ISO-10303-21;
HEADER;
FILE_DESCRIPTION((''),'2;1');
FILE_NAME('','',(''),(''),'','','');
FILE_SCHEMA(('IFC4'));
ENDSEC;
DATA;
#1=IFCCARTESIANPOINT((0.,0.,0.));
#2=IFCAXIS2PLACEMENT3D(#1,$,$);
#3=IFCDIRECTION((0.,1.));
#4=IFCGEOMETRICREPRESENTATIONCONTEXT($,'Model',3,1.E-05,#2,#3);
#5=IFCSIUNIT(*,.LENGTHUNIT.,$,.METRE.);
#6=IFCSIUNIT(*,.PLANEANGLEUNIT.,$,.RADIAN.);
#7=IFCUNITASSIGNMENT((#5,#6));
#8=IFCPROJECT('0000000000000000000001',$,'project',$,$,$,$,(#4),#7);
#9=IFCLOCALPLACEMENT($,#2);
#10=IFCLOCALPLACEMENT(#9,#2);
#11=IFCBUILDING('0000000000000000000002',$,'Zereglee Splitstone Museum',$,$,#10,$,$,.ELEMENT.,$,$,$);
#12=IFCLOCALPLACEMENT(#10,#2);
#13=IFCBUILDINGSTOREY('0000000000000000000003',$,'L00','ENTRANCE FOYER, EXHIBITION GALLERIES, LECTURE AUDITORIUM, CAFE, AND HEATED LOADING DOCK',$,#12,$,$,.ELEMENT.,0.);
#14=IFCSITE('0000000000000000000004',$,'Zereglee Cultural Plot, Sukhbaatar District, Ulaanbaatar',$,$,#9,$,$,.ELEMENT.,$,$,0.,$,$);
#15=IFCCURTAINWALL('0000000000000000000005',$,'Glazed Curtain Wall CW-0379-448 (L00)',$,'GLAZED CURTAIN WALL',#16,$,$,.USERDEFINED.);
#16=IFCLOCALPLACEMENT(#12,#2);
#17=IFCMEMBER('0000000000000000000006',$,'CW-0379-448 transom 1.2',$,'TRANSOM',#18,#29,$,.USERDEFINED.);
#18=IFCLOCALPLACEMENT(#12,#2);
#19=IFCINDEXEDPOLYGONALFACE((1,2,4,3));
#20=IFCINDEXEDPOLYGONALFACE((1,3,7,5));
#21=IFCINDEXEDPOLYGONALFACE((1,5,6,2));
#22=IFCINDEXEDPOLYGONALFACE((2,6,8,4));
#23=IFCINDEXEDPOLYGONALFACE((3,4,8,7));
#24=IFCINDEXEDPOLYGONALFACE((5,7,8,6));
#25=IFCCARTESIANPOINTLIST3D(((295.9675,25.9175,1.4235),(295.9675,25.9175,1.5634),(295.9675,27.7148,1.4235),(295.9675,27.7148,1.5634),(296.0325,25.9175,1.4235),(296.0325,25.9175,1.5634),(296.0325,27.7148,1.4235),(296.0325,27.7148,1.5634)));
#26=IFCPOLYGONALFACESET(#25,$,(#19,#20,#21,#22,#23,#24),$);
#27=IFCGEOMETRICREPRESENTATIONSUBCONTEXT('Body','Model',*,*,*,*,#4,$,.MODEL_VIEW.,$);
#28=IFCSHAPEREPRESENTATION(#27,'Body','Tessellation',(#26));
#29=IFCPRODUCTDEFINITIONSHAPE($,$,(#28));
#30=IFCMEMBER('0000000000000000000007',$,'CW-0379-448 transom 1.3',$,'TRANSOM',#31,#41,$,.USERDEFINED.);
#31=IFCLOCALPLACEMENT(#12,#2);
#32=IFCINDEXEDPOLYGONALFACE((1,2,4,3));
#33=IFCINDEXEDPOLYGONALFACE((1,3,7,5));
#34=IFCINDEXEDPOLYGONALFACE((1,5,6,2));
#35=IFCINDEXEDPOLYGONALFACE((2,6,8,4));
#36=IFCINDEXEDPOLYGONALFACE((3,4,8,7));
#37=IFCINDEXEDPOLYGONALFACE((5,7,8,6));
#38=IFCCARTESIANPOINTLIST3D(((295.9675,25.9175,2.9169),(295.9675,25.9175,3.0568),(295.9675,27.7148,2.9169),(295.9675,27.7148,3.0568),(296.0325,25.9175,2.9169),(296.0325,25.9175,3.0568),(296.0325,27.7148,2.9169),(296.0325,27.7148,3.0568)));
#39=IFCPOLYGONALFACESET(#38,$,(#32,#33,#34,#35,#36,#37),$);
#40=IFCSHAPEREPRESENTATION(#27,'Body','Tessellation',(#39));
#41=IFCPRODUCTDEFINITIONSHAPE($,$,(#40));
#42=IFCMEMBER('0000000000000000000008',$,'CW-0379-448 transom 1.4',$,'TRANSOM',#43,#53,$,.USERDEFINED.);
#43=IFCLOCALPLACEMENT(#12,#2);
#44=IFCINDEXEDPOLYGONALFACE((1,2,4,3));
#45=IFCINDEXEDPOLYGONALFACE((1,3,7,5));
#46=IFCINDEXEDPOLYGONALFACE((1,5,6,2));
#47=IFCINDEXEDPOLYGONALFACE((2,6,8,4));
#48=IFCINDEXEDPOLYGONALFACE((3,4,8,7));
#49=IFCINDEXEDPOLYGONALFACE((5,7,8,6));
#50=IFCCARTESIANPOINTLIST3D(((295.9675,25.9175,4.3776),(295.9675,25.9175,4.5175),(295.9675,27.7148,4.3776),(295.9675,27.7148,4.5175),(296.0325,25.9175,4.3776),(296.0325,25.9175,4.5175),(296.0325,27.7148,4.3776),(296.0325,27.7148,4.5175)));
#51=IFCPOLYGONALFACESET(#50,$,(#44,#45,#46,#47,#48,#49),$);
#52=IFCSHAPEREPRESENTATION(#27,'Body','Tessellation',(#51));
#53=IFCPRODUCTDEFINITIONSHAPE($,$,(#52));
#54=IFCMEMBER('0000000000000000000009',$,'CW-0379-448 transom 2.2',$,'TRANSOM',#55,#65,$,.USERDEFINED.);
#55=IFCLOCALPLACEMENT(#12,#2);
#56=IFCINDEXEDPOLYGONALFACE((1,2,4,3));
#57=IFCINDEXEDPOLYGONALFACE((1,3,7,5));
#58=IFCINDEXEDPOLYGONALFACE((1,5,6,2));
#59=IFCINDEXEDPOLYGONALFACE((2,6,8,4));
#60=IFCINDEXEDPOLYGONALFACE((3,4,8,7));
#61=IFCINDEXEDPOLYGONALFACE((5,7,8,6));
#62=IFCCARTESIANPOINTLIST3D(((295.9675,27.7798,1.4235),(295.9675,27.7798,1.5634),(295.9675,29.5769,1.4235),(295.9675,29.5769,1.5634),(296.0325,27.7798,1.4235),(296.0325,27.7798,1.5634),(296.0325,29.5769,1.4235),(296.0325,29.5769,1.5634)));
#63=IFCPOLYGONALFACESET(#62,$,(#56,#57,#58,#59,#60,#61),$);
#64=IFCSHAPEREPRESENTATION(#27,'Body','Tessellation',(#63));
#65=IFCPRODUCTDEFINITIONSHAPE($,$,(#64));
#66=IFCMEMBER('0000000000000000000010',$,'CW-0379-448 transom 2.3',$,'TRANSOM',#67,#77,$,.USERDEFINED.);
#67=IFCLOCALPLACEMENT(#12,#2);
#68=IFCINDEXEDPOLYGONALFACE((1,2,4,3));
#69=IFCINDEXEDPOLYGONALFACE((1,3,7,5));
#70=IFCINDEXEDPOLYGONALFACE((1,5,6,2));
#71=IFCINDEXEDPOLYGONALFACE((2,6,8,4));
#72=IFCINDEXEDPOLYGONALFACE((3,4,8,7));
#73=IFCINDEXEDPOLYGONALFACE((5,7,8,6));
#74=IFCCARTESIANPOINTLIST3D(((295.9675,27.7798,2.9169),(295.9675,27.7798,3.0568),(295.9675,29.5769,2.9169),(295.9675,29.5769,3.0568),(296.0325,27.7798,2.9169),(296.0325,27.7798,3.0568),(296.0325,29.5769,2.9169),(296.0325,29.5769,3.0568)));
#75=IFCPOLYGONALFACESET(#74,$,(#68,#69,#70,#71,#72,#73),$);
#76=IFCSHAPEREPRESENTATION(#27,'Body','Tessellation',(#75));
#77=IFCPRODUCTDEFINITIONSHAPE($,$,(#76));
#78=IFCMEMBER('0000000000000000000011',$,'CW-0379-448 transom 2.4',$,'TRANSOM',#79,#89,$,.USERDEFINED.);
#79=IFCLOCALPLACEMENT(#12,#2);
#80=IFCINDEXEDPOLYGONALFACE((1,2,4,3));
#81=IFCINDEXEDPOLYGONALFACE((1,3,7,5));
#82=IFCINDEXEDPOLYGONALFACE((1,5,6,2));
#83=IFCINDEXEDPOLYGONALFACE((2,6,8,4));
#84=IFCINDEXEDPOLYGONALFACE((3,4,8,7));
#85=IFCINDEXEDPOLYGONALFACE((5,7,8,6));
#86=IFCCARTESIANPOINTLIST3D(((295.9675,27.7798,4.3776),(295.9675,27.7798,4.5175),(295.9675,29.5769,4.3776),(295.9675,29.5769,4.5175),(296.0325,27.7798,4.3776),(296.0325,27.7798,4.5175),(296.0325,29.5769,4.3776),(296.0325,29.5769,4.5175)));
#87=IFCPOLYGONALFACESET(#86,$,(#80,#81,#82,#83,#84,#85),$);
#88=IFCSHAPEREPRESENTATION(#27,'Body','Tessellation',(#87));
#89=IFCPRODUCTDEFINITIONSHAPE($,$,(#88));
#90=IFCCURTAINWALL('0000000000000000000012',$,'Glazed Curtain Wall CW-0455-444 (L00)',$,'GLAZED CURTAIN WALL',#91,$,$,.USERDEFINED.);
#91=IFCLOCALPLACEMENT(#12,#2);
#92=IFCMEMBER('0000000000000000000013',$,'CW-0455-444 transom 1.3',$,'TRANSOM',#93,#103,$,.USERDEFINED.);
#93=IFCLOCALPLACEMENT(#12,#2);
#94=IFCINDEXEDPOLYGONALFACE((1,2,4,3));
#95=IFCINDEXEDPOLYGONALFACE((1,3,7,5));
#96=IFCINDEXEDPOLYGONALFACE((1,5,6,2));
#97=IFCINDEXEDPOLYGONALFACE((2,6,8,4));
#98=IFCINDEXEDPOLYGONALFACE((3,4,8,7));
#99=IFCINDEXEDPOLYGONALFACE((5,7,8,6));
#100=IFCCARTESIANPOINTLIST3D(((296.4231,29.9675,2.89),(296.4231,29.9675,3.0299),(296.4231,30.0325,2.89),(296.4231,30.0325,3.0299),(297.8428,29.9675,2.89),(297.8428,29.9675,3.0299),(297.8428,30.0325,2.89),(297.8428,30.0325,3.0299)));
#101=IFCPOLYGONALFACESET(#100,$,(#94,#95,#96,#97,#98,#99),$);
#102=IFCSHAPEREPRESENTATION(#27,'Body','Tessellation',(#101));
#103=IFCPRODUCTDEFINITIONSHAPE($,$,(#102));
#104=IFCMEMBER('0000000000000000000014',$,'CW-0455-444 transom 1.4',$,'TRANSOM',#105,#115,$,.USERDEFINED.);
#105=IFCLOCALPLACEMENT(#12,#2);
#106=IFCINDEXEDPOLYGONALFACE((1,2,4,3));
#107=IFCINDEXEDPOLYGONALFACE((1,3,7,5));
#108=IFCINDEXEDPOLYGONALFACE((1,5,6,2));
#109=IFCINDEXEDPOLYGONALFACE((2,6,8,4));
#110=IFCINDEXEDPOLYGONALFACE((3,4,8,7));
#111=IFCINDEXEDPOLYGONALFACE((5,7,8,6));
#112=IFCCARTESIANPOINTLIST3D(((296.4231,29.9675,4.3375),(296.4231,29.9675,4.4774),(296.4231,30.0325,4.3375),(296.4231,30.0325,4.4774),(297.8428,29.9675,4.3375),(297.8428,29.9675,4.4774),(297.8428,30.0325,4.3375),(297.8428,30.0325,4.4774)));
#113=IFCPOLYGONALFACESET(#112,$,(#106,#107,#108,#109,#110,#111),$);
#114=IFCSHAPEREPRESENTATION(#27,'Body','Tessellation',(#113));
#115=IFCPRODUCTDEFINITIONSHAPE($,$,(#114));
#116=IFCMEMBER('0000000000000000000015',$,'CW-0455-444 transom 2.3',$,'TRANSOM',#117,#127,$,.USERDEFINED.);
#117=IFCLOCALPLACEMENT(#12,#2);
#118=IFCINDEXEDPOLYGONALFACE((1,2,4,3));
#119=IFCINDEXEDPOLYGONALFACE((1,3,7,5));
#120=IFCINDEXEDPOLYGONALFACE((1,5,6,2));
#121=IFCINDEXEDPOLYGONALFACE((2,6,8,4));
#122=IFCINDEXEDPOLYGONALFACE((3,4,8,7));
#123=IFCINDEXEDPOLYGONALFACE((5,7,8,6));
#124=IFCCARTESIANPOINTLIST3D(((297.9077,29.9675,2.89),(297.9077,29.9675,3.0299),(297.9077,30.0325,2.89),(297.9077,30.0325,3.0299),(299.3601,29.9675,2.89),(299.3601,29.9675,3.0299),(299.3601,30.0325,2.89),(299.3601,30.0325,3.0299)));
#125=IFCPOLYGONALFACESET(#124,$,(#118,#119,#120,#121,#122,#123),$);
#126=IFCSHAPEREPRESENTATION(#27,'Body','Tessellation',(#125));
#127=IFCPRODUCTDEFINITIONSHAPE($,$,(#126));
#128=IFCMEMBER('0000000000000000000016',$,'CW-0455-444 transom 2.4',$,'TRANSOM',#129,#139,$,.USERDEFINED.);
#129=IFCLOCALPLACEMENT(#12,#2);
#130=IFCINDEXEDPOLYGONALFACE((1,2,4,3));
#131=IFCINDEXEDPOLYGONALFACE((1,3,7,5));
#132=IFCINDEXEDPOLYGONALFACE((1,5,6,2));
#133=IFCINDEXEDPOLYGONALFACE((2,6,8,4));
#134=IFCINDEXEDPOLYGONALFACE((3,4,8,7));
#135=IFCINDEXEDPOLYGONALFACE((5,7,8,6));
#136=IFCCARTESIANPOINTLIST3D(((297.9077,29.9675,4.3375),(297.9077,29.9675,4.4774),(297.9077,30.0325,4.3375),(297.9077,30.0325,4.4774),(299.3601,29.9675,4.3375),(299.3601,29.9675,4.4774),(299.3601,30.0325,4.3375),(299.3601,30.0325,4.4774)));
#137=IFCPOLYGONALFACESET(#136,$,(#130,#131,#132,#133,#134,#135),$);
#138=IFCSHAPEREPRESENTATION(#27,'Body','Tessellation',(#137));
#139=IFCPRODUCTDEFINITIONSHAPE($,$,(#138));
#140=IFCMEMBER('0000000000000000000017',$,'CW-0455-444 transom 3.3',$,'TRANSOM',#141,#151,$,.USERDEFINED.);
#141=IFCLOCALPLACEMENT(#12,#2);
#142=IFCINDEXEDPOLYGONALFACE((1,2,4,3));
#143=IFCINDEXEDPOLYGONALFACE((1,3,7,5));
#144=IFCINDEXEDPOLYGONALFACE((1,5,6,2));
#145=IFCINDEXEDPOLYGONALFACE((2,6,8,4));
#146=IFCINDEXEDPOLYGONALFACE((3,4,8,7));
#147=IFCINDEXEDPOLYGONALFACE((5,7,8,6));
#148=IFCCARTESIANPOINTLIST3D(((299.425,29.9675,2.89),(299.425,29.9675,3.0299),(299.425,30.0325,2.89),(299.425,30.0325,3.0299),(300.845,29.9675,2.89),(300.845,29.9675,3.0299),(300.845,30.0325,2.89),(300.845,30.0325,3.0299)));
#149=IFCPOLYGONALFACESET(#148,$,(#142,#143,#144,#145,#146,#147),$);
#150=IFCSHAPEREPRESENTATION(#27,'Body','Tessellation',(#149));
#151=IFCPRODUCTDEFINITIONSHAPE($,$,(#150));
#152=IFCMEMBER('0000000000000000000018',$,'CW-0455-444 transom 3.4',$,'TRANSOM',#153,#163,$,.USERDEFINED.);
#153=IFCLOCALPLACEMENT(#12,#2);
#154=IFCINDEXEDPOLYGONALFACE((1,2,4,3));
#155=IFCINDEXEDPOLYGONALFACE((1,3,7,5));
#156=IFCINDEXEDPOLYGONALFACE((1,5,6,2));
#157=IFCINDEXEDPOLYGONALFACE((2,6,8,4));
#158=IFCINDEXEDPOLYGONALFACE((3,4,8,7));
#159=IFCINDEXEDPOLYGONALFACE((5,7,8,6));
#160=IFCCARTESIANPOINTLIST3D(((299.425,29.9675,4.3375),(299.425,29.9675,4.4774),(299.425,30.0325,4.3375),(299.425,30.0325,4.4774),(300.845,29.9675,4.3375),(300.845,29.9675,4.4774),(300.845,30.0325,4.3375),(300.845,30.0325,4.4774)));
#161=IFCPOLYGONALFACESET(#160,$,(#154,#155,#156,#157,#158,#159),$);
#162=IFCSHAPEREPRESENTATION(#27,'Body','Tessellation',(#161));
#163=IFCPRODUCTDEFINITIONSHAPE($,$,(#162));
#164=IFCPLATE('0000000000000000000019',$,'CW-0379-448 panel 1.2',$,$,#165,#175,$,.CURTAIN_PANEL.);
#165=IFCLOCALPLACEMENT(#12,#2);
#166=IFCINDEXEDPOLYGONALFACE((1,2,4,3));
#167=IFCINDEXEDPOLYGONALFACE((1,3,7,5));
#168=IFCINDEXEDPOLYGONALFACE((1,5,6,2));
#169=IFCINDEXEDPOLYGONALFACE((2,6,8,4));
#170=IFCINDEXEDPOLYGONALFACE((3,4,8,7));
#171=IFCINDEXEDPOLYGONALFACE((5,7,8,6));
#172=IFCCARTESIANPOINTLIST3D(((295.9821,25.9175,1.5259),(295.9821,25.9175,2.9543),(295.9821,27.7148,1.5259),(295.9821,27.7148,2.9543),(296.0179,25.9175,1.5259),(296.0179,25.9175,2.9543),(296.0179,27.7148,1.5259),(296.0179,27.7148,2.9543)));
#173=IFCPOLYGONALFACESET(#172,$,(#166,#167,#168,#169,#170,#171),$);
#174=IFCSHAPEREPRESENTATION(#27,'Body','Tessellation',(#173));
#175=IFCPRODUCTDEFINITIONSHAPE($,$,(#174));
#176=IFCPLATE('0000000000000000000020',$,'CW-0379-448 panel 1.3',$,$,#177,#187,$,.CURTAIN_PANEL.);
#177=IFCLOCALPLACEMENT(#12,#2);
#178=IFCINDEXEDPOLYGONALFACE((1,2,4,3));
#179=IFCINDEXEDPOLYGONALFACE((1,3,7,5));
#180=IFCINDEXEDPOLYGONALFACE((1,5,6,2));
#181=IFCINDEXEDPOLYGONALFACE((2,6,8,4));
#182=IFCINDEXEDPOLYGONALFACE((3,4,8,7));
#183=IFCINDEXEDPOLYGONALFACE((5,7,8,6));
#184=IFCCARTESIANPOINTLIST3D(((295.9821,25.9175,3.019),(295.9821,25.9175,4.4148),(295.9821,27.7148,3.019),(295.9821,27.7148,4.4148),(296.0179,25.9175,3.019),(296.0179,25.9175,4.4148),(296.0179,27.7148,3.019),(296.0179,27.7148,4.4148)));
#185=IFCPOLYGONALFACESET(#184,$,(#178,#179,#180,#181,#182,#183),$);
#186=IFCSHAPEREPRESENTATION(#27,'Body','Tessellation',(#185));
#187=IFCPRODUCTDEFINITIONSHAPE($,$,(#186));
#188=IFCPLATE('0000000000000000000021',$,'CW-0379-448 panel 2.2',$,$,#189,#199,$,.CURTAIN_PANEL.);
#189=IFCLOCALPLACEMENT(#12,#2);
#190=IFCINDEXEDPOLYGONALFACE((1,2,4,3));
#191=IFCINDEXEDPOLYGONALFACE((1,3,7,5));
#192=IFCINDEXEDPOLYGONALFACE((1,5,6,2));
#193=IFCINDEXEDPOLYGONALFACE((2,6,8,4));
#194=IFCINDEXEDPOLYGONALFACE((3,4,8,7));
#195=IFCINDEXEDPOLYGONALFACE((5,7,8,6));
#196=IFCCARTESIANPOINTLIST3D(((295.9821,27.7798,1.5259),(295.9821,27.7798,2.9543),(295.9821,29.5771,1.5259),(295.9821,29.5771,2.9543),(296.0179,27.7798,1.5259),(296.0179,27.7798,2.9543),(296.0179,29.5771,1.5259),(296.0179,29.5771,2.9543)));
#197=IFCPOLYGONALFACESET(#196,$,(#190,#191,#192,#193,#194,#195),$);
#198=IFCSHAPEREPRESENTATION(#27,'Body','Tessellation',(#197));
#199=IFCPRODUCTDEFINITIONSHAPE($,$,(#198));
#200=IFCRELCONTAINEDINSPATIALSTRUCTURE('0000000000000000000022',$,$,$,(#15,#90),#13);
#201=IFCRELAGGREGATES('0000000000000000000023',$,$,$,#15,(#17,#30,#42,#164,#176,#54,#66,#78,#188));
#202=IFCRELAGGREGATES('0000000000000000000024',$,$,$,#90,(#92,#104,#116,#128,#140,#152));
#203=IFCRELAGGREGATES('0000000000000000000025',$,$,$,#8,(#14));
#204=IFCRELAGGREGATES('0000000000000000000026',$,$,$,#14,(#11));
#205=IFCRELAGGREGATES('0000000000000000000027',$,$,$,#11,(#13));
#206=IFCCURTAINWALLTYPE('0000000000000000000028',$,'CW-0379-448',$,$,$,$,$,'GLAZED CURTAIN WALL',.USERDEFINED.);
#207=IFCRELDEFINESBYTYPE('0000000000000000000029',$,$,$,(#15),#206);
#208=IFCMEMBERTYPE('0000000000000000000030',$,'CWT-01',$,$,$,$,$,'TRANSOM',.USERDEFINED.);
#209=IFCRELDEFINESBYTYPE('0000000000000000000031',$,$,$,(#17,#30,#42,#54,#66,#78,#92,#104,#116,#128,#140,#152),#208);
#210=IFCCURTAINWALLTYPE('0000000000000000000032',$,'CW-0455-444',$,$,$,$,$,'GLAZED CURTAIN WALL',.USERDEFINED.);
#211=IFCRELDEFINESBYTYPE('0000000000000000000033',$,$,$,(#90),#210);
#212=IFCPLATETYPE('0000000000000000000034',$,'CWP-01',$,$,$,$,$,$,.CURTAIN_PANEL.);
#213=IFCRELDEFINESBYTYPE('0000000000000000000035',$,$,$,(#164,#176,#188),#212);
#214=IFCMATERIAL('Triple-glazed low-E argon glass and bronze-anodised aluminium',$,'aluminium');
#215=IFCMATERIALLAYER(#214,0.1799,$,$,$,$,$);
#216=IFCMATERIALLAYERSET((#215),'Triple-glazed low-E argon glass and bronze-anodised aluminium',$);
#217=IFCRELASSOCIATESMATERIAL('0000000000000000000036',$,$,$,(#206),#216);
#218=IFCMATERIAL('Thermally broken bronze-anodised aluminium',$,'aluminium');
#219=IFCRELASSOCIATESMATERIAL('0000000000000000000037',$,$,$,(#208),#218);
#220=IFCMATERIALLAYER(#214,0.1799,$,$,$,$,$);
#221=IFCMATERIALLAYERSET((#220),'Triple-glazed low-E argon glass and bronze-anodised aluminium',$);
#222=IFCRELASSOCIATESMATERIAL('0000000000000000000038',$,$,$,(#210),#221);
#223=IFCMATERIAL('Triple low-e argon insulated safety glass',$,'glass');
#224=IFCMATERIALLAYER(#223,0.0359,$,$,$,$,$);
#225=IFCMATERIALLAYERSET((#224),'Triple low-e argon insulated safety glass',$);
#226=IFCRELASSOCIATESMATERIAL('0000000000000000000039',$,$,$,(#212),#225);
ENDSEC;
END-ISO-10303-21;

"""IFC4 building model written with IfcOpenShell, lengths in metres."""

from ifc_helpers import new_model, si_unit, direction, frame, origin, origin_2d, place, context, subcontext, project, spatial, rectangle, extrude, material, layer, layer_set, material_profile, profile_set, type_object, element, aggregate, save


model = new_model("IFC4")

# Units and contexts
model_context = context("Model", 3, precision=1e-05, world=origin(), true_north=direction((0.0, 1.0)))
body_context = subcontext(model_context, "Body", "Model", "MODEL_VIEW")
ifc_project = project(units=[si_unit("LENGTHUNIT", "METRE"), si_unit("PLANEANGLEUNIT", "RADIAN")], contexts=[model_context])

# Site, building, storey
site_placement = place(None, origin())
site = spatial("IfcSite", under=ifc_project, at=site_placement, Name="Zereglee Cultural Plot, Sukhbaatar District, Ulaanbaatar", CompositionType="ELEMENT", RefElevation=0.0)
building_placement = place(site_placement, origin())
building = spatial("IfcBuilding", under=site, at=building_placement, Name="Zereglee Splitstone Museum", CompositionType="ELEMENT")
storey_placement = place(building_placement, origin())
storey = spatial("IfcBuildingStorey", under=building, at=storey_placement, Name="L00", Description="ENTRANCE FOYER, EXHIBITION GALLERIES, LECTURE AUDITORIUM, CAFE, AND HEATED LOADING DOCK", CompositionType="ELEMENT", Elevation=0.0)

# Curtain walls, members
ifc_material_1 = material(Name="Triple-glazed low-E argon glass and bronze-anodised aluminium", Category="aluminium")
ifc_layer_1 = layer(ifc_material_1, 0.1799)
ifc_layer_set_1 = layer_set([ifc_layer_1], Name="Triple-glazed low-E argon glass and bronze-anodised aluminium")
curtain_wall_type_1 = type_object("IfcCurtainWallType", Name="CW-0379-448", ElementType="GLAZED CURTAIN WALL", PredefinedType="USERDEFINED", material=ifc_layer_set_1)
curtain_wall_1_placement = place(storey_placement, origin())
curtain_wall_1 = element("IfcCurtainWall", 1, at=curtain_wall_1_placement, inside=storey, type_object=curtain_wall_type_1, Name="Glazed Curtain Wall CW-0379-448 (L00)", ObjectType="GLAZED CURTAIN WALL", PredefinedType="USERDEFINED")
ifc_material_2 = material(Name="Thermally broken bronze-anodised aluminium", Category="aluminium")
ifc_material_profile = material_profile(ifc_material_2, rectangle(XDim=0.0649, YDim=0.1399, at=origin_2d()), Name="CW TRAN 65x140")
ifc_profile_set = profile_set([ifc_material_profile], Name="Thermally broken bronze-anodised aluminium")
member_type = type_object("IfcMemberType", Name="CWT-01", ElementType="TRANSOM", PredefinedType="USERDEFINED", material=ifc_profile_set)
member_1_placement = place(storey_placement, frame((296.0, 25.9175, 1.4934), z_axis=(0.0, 1.0, 0.0), x_axis=(-1.0, 0.0, 0.0)))
member_1 = element("IfcMember", 2, at=member_1_placement, type_object=member_type, Name="CW-0379-448 transom 1.2", ObjectType="TRANSOM", PredefinedType="USERDEFINED", context=body_context, shape_type="SweptSolid", body=[
    extrude(rectangle(XDim=0.0649, YDim=0.1399, at=origin_2d()), origin(), (0.0, 0.0, 1.0), 1.7974),
])
member_2_placement = place(storey_placement, frame((296.0, 25.9175, 2.9868), z_axis=(0.0, 1.0, 0.0), x_axis=(-1.0, 0.0, 0.0)))
member_2 = element("IfcMember", 3, at=member_2_placement, type_object=member_type, Name="CW-0379-448 transom 1.3", ObjectType="TRANSOM", PredefinedType="USERDEFINED", context=body_context, shape_type="SweptSolid", body=[
    extrude(rectangle(XDim=0.0649, YDim=0.1399, at=origin_2d()), origin(), (0.0, 0.0, 1.0), 1.7974),
])
member_3_placement = place(storey_placement, frame((296.0, 25.9175, 4.4475), z_axis=(0.0, 1.0, 0.0), x_axis=(-1.0, 0.0, 0.0)))
member_3 = element("IfcMember", 4, at=member_3_placement, type_object=member_type, Name="CW-0379-448 transom 1.4", ObjectType="TRANSOM", PredefinedType="USERDEFINED", context=body_context, shape_type="SweptSolid", body=[
    extrude(rectangle(XDim=0.0649, YDim=0.1399, at=origin_2d()), origin(), (0.0, 0.0, 1.0), 1.7974),
])
member_4_placement = place(storey_placement, frame((296.0, 27.7798, 1.4934), z_axis=(0.0, 1.0, 0.0), x_axis=(-1.0, 0.0, 0.0)))
member_4 = element("IfcMember", 5, at=member_4_placement, type_object=member_type, Name="CW-0379-448 transom 2.2", ObjectType="TRANSOM", PredefinedType="USERDEFINED", context=body_context, shape_type="SweptSolid", body=[
    extrude(rectangle(XDim=0.0649, YDim=0.1399, at=origin_2d()), origin(), (0.0, 0.0, 1.0), 1.7971),
])
member_5_placement = place(storey_placement, frame((296.0, 27.7798, 2.9868), z_axis=(0.0, 1.0, 0.0), x_axis=(-1.0, 0.0, 0.0)))
member_5 = element("IfcMember", 6, at=member_5_placement, type_object=member_type, Name="CW-0379-448 transom 2.3", ObjectType="TRANSOM", PredefinedType="USERDEFINED", context=body_context, shape_type="SweptSolid", body=[
    extrude(rectangle(XDim=0.0649, YDim=0.1399, at=origin_2d()), origin(), (0.0, 0.0, 1.0), 1.7971),
])
member_6_placement = place(storey_placement, frame((296.0, 27.7798, 4.4475), z_axis=(0.0, 1.0, 0.0), x_axis=(-1.0, 0.0, 0.0)))
member_6 = element("IfcMember", 7, at=member_6_placement, type_object=member_type, Name="CW-0379-448 transom 2.4", ObjectType="TRANSOM", PredefinedType="USERDEFINED", context=body_context, shape_type="SweptSolid", body=[
    extrude(rectangle(XDim=0.0649, YDim=0.1399, at=origin_2d()), origin(), (0.0, 0.0, 1.0), 1.7971),
])
ifc_layer_2 = layer(ifc_material_1, 0.1799)
ifc_layer_set_2 = layer_set([ifc_layer_2], Name="Triple-glazed low-E argon glass and bronze-anodised aluminium")
curtain_wall_type_2 = type_object("IfcCurtainWallType", Name="CW-0455-444", ElementType="GLAZED CURTAIN WALL", PredefinedType="USERDEFINED", material=ifc_layer_set_2)
curtain_wall_2_placement = place(storey_placement, origin())
curtain_wall_2 = element("IfcCurtainWall", 8, at=curtain_wall_2_placement, inside=storey, type_object=curtain_wall_type_2, Name="Glazed Curtain Wall CW-0455-444 (L00)", ObjectType="GLAZED CURTAIN WALL", PredefinedType="USERDEFINED")
member_7_placement = place(storey_placement, frame((296.4231, 30.0, 2.96), z_axis=(1.0, 0.0, 0.0), x_axis=(0.0, 1.0, 0.0)))
member_7 = element("IfcMember", 9, at=member_7_placement, type_object=member_type, Name="CW-0455-444 transom 1.3", ObjectType="TRANSOM", PredefinedType="USERDEFINED", context=body_context, shape_type="SweptSolid", body=[
    extrude(rectangle(XDim=0.0649, YDim=0.1399, at=origin_2d()), origin(), (0.0, 0.0, 1.0), 1.4197),
])
member_8_placement = place(storey_placement, frame((296.4231, 30.0, 4.4075), z_axis=(1.0, 0.0, 0.0), x_axis=(0.0, 1.0, 0.0)))
member_8 = element("IfcMember", 10, at=member_8_placement, type_object=member_type, Name="CW-0455-444 transom 1.4", ObjectType="TRANSOM", PredefinedType="USERDEFINED", context=body_context, shape_type="SweptSolid", body=[
    extrude(rectangle(XDim=0.0649, YDim=0.1399, at=origin_2d()), origin(), (0.0, 0.0, 1.0), 1.4197),
])
member_9_placement = place(storey_placement, frame((297.9077, 30.0, 2.96), z_axis=(1.0, 0.0, 0.0), x_axis=(0.0, 1.0, 0.0)))
member_9 = element("IfcMember", 11, at=member_9_placement, type_object=member_type, Name="CW-0455-444 transom 2.3", ObjectType="TRANSOM", PredefinedType="USERDEFINED", context=body_context, shape_type="SweptSolid", body=[
    extrude(rectangle(XDim=0.0649, YDim=0.1399, at=origin_2d()), origin(), (0.0, 0.0, 1.0), 1.4524),
])
member_10_placement = place(storey_placement, frame((297.9077, 30.0, 4.4075), z_axis=(1.0, 0.0, 0.0), x_axis=(0.0, 1.0, 0.0)))
member_10 = element("IfcMember", 12, at=member_10_placement, type_object=member_type, Name="CW-0455-444 transom 2.4", ObjectType="TRANSOM", PredefinedType="USERDEFINED", context=body_context, shape_type="SweptSolid", body=[
    extrude(rectangle(XDim=0.0649, YDim=0.1399, at=origin_2d()), origin(), (0.0, 0.0, 1.0), 1.4524),
])
member_11_placement = place(storey_placement, frame((299.425, 30.0, 2.96), z_axis=(1.0, 0.0, 0.0), x_axis=(0.0, 1.0, 0.0)))
member_11 = element("IfcMember", 13, at=member_11_placement, type_object=member_type, Name="CW-0455-444 transom 3.3", ObjectType="TRANSOM", PredefinedType="USERDEFINED", context=body_context, shape_type="SweptSolid", body=[
    extrude(rectangle(XDim=0.0649, YDim=0.1399, at=origin_2d()), origin(), (0.0, 0.0, 1.0), 1.4199),
])
member_12_placement = place(storey_placement, frame((299.425, 30.0, 4.4075), z_axis=(1.0, 0.0, 0.0), x_axis=(0.0, 1.0, 0.0)))
member_12 = element("IfcMember", 14, at=member_12_placement, type_object=member_type, Name="CW-0455-444 transom 3.4", ObjectType="TRANSOM", PredefinedType="USERDEFINED", context=body_context, shape_type="SweptSolid", body=[
    extrude(rectangle(XDim=0.0649, YDim=0.1399, at=origin_2d()), origin(), (0.0, 0.0, 1.0), 1.4199),
])

# Plates
ifc_material_3 = material(Name="Triple low-e argon insulated safety glass", Category="glass")
ifc_layer_3 = layer(ifc_material_3, 0.0359)
ifc_layer_set_3 = layer_set([ifc_layer_3], Name="Triple low-e argon insulated safety glass")
plate_type = type_object("IfcPlateType", Name="CWP-01", PredefinedType="CURTAIN_PANEL", material=ifc_layer_set_3)
plate_1_placement = place(storey_placement, frame((296.0, 26.8162, 1.5259), z_axis=(0.0, 0.0, 1.0), x_axis=(0.0, 1.0, 0.0)))
plate_1 = element("IfcPlate", 15, at=plate_1_placement, type_object=plate_type, Name="CW-0379-448 panel 1.2", PredefinedType="CURTAIN_PANEL", context=body_context, shape_type="SweptSolid", body=[
    extrude(rectangle(XDim=1.7974, YDim=0.0359, at=origin_2d()), origin(), (0.0, 0.0, 1.0), 1.4285),
])
plate_2_placement = place(storey_placement, frame((296.0, 26.8162, 3.019), z_axis=(0.0, 0.0, 1.0), x_axis=(0.0, 1.0, 0.0)))
plate_2 = element("IfcPlate", 16, at=plate_2_placement, type_object=plate_type, Name="CW-0379-448 panel 1.3", PredefinedType="CURTAIN_PANEL", context=body_context, shape_type="SweptSolid", body=[
    extrude(rectangle(XDim=1.7974, YDim=0.0359, at=origin_2d()), origin(), (0.0, 0.0, 1.0), 1.3958),
])
plate_3_placement = place(storey_placement, frame((296.0, 28.6785, 1.5259), z_axis=(0.0, 0.0, 1.0), x_axis=(0.0, 1.0, 0.0)))
plate_3 = element("IfcPlate", 17, at=plate_3_placement, type_object=plate_type, Name="CW-0379-448 panel 2.2", PredefinedType="CURTAIN_PANEL", context=body_context, shape_type="SweptSolid", body=[
    extrude(rectangle(XDim=1.7974, YDim=0.0359, at=origin_2d()), origin(), (0.0, 0.0, 1.0), 1.4285),
])
aggregate(curtain_wall_1, [member_1, member_2, member_3, plate_1, plate_2, member_4, member_5, member_6, plate_3])
aggregate(curtain_wall_2, [member_7, member_8, member_9, member_10, member_11, member_12])

save(model, "model.ifc")
